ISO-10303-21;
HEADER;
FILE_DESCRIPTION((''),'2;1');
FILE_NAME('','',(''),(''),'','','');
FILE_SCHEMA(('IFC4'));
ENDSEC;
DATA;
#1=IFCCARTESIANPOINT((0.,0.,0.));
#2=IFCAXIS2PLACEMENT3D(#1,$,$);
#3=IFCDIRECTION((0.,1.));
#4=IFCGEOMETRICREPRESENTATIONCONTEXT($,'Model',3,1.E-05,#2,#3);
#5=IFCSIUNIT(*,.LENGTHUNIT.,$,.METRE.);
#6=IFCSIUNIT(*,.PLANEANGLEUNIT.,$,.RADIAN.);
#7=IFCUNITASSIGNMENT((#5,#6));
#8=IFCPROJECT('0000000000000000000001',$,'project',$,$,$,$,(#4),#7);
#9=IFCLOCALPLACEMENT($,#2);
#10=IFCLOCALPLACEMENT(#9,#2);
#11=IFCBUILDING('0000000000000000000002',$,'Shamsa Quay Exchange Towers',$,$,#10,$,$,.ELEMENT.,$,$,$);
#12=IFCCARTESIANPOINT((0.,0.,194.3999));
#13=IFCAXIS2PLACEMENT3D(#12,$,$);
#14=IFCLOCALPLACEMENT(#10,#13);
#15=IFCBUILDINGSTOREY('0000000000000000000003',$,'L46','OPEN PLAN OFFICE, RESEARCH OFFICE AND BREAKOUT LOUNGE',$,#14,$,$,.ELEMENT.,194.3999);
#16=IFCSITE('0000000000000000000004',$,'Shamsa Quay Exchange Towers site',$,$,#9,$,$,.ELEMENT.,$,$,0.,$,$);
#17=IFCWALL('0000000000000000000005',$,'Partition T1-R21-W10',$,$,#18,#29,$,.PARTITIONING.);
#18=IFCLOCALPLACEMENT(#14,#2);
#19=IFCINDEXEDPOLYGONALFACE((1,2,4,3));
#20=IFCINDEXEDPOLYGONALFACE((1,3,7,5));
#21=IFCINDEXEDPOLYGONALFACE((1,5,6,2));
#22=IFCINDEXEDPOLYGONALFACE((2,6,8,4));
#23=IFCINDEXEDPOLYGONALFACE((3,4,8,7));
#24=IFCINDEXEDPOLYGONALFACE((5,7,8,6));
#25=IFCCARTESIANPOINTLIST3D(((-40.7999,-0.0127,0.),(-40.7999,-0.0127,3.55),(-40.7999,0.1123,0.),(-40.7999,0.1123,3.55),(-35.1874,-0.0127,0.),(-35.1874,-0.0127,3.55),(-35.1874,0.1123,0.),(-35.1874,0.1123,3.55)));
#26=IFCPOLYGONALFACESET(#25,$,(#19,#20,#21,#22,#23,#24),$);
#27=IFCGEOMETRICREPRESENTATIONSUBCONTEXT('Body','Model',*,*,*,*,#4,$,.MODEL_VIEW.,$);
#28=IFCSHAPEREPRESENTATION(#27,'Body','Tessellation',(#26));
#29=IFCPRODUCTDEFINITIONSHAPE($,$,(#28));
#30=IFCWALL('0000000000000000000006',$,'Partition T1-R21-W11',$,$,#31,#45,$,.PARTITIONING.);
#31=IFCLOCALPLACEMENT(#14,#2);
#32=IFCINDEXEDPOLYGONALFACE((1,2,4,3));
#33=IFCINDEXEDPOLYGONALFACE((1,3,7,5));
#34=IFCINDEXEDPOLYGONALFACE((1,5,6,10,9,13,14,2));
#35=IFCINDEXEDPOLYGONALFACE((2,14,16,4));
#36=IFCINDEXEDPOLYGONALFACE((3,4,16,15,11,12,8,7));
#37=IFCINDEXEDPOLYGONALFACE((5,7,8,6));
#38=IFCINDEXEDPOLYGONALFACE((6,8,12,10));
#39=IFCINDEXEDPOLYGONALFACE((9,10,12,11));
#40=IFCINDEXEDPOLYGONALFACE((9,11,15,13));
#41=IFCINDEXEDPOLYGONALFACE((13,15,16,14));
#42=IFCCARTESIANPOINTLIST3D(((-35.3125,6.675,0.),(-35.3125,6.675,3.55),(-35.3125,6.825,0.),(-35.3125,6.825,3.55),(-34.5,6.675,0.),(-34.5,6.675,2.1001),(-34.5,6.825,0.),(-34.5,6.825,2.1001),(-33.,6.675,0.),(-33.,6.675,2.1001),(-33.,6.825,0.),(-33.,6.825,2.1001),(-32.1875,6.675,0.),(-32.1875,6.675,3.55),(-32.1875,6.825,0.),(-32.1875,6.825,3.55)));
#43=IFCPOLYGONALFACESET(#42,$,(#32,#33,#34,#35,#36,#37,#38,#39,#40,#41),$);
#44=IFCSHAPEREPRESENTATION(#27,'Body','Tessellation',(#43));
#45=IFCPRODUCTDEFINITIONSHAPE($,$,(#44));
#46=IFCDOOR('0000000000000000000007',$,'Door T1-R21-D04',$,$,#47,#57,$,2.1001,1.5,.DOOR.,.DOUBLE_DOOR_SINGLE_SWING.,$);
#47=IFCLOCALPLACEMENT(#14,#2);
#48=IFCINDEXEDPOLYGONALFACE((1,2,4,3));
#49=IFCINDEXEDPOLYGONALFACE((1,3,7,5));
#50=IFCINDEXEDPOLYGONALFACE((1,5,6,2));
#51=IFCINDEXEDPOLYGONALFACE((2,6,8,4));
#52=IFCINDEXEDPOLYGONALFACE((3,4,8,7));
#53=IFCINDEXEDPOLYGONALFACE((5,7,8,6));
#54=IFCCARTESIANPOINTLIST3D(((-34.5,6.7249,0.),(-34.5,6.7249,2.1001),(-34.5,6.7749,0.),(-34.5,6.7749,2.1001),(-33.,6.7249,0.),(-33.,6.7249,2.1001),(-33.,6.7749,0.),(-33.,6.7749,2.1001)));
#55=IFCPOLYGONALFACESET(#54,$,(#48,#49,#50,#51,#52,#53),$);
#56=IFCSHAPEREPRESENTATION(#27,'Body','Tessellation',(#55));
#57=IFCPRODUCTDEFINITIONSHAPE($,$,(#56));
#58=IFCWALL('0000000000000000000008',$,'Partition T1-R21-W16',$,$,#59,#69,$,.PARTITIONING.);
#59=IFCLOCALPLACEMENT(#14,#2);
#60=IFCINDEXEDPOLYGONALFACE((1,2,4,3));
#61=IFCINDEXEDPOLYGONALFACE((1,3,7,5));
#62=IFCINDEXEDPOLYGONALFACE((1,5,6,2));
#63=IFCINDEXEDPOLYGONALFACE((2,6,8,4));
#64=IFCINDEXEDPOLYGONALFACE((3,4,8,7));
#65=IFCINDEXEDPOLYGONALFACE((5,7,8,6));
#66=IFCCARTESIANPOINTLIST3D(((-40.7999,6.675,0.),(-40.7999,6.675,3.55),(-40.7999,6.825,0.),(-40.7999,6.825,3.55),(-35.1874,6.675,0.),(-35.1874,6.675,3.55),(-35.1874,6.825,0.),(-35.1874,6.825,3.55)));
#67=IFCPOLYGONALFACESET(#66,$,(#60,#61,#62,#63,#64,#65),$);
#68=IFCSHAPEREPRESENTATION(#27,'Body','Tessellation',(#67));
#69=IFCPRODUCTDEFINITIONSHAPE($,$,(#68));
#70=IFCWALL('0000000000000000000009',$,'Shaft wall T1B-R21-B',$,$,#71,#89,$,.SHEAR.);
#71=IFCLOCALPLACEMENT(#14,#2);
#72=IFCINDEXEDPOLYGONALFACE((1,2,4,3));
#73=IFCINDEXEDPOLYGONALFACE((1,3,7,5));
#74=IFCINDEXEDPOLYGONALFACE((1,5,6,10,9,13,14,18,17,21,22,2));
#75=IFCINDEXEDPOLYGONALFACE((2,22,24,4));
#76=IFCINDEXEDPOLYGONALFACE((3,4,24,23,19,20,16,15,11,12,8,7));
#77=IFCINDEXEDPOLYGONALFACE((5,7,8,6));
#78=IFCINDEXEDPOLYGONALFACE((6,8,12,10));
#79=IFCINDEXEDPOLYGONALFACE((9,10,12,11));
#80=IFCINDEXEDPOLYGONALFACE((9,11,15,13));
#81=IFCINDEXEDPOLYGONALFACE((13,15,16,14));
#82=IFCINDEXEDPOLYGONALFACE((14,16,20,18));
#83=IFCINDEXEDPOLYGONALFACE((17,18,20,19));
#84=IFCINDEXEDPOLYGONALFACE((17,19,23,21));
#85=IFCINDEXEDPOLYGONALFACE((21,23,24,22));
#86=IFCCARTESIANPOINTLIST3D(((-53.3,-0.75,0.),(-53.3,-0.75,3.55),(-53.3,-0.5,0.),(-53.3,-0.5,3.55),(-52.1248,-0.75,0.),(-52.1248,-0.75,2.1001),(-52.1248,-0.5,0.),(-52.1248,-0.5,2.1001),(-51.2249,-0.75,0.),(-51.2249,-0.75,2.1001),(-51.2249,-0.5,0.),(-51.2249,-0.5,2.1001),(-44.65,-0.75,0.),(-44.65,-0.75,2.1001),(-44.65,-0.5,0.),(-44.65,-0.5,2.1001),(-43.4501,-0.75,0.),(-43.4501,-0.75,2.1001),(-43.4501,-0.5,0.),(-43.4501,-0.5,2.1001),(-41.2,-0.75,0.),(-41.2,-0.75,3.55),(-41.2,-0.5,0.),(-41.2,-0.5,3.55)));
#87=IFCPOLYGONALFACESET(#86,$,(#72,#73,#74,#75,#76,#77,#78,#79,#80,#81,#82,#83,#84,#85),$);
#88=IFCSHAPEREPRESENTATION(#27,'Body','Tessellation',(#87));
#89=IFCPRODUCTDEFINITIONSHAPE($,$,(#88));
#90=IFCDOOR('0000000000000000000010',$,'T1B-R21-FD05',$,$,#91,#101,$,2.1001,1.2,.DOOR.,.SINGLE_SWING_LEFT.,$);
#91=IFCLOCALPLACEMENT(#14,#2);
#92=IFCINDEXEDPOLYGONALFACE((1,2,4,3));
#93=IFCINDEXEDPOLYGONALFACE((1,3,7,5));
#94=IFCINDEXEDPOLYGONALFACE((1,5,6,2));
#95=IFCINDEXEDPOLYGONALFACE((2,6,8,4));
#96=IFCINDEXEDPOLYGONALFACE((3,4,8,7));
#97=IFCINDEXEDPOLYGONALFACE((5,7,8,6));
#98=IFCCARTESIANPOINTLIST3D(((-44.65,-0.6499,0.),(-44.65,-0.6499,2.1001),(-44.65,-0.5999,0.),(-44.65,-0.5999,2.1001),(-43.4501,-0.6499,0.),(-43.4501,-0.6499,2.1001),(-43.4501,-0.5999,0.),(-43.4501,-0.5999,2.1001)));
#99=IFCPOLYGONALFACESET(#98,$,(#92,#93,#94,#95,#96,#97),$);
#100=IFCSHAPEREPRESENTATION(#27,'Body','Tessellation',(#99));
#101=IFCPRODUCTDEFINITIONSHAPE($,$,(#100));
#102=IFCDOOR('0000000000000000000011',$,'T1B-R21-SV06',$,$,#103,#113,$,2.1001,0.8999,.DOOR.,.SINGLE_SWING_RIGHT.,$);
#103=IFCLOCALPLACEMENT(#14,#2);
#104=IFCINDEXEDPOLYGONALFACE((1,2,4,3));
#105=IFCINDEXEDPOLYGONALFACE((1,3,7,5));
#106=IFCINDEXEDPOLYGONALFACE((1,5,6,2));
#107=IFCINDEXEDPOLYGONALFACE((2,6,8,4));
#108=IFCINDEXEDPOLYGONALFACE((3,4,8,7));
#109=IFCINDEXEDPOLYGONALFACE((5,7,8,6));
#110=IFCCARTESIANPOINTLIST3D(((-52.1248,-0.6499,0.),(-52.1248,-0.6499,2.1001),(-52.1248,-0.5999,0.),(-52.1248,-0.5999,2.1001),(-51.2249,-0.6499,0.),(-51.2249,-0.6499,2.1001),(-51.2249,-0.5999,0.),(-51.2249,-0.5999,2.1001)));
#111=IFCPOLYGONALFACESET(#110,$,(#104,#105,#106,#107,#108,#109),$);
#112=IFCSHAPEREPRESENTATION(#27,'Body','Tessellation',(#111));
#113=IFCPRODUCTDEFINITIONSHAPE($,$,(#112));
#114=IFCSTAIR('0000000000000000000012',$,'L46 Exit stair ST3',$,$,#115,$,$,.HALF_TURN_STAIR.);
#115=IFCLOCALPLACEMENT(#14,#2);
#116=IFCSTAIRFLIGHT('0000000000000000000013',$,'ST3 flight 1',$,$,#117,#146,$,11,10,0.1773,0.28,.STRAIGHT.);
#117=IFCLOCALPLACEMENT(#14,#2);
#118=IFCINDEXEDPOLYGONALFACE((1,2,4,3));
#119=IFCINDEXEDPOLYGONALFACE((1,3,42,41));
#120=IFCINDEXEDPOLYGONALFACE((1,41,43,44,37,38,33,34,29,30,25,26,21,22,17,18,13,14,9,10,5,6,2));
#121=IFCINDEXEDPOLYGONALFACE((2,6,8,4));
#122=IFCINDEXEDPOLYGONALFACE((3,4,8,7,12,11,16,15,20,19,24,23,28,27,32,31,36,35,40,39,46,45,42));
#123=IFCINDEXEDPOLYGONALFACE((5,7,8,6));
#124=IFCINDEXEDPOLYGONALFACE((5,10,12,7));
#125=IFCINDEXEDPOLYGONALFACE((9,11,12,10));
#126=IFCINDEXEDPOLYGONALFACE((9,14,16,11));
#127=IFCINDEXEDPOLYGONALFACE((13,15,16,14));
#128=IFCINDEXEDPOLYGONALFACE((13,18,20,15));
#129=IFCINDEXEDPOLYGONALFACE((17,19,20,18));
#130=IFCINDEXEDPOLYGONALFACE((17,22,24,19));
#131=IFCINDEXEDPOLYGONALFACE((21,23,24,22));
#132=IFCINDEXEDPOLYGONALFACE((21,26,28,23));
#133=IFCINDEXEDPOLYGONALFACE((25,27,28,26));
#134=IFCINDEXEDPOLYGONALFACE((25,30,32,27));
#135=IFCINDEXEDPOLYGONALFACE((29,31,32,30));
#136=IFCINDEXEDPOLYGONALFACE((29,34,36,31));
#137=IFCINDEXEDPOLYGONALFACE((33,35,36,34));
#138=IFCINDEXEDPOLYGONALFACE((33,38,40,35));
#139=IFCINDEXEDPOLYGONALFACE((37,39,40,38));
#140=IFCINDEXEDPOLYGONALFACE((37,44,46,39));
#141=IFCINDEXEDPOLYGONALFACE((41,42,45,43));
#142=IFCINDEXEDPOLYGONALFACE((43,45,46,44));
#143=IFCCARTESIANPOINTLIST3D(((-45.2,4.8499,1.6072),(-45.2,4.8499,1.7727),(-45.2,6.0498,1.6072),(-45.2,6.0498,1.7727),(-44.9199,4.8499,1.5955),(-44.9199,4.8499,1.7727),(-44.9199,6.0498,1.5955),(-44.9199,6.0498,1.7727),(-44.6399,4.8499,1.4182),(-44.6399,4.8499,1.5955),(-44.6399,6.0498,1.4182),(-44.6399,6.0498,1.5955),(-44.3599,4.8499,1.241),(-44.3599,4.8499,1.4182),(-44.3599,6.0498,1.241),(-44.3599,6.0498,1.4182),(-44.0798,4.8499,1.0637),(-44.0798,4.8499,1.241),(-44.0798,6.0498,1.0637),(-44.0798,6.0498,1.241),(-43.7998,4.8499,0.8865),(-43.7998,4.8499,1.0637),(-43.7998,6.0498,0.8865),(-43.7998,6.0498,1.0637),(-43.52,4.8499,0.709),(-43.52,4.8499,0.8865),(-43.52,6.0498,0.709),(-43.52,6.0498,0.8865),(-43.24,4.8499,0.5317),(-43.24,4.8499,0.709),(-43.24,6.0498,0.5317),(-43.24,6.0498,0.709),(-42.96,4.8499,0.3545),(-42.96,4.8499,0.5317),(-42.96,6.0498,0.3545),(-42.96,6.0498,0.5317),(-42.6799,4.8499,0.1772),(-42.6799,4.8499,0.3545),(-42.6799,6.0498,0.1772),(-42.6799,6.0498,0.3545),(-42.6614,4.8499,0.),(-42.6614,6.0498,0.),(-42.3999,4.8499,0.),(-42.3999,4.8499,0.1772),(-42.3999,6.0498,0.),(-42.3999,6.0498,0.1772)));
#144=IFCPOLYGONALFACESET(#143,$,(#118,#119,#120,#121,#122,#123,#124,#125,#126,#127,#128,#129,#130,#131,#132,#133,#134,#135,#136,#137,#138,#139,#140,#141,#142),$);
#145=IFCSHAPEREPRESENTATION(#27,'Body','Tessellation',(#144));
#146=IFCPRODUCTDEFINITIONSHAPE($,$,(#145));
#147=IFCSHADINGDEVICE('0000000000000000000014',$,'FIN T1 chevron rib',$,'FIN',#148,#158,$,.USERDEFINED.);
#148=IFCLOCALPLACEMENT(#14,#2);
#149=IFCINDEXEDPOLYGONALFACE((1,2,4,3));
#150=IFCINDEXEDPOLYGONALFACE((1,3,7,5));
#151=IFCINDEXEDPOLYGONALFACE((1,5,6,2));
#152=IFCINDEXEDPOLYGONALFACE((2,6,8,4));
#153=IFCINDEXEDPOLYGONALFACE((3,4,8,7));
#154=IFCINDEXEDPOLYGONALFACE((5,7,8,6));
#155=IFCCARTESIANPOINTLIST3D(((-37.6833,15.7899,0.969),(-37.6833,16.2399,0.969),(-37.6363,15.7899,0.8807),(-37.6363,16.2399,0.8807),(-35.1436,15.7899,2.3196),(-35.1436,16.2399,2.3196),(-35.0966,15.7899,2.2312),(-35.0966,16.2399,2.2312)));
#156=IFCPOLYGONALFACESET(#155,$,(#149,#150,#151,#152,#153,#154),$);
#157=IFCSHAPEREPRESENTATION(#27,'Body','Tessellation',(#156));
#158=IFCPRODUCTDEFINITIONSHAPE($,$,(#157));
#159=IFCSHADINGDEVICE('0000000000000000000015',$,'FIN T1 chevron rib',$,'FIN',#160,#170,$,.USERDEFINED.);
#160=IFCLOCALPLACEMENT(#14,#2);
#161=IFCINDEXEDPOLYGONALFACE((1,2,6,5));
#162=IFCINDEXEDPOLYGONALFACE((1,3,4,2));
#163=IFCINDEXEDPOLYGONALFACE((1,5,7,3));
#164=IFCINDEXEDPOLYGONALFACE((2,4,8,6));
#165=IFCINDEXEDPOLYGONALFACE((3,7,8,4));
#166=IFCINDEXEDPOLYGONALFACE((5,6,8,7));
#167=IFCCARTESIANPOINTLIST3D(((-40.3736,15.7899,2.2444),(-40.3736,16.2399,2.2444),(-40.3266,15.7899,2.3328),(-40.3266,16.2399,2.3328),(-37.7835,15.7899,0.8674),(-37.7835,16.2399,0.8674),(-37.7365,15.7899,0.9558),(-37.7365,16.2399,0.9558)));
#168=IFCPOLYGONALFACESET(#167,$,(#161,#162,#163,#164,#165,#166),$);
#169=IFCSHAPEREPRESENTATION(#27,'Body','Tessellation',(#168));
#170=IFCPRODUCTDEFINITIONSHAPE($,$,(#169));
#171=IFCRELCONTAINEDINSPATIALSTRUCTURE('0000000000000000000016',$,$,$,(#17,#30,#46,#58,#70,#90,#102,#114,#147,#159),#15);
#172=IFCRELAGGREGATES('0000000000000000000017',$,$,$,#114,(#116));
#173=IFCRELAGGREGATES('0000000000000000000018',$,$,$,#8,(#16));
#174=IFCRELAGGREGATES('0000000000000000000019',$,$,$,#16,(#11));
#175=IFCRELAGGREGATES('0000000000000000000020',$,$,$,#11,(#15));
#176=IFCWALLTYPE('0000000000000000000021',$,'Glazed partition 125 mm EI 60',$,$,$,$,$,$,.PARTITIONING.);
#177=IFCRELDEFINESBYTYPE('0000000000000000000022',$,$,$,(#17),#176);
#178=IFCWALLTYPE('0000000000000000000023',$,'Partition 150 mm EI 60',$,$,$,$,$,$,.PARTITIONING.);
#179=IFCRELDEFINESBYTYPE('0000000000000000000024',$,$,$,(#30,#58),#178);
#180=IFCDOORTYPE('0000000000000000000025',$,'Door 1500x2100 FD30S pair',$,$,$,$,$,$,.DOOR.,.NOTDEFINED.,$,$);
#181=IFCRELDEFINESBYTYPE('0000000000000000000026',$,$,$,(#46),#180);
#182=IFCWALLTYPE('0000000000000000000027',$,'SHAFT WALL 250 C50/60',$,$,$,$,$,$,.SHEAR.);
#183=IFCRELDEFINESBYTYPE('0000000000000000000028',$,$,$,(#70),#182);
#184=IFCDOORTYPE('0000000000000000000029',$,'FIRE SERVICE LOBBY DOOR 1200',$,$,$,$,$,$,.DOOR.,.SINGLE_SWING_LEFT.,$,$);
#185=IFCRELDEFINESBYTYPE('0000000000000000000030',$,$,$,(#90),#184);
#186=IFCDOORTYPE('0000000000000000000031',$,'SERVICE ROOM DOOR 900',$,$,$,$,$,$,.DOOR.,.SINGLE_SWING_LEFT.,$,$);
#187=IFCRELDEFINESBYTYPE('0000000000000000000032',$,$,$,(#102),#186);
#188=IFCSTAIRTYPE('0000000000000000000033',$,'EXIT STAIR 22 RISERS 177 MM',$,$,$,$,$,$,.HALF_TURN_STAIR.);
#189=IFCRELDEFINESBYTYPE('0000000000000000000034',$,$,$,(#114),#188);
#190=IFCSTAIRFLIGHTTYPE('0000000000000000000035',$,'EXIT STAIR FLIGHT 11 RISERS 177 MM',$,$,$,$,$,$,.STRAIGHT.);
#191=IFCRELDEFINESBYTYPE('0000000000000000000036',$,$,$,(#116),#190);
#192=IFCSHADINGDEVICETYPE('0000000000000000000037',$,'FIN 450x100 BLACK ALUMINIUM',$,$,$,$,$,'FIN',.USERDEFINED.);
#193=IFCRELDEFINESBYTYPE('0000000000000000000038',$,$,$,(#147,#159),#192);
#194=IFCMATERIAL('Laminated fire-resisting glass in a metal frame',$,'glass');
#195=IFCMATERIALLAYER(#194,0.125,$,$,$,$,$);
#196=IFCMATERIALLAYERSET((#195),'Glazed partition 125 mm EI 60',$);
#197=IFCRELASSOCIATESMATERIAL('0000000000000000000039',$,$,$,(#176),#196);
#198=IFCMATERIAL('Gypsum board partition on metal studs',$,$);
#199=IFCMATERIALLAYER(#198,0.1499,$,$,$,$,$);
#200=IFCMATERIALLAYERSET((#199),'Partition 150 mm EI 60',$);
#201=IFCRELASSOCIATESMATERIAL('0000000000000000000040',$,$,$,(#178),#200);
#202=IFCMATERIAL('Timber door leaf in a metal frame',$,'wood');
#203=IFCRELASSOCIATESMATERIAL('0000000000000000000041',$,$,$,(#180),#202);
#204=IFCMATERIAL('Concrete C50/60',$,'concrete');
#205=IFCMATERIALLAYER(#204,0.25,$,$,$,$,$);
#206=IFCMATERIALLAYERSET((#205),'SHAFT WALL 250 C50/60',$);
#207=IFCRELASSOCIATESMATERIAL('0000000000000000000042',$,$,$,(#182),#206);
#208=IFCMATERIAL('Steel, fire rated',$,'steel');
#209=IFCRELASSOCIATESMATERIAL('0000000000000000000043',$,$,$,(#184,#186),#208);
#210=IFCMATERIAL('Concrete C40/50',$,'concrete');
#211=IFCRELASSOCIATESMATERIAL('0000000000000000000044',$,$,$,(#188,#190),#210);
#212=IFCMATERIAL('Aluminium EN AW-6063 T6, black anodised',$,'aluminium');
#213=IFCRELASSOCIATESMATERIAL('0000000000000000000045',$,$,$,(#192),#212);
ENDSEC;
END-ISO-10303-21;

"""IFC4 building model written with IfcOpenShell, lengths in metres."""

from ifc_helpers import new_model, si_unit, direction, frame, frame_2d, origin, origin_2d, place, context, subcontext, project, spatial, polyline, rectangle, outline, extrude, material, layer, layer_set, material_profile, profile_set, type_object, element, fill, aggregate, save


model = new_model("IFC4")

# Units and contexts
model_context = context("Model", 3, precision=1e-05, world=origin(), true_north=direction((0.0, 1.0)))
body_context = subcontext(model_context, "Body", "Model", "MODEL_VIEW")
ifc_project = project(units=[si_unit("LENGTHUNIT", "METRE"), si_unit("PLANEANGLEUNIT", "RADIAN")], contexts=[model_context])

# Site, building, storey
site_placement = place(None, origin())
site = spatial("IfcSite", under=ifc_project, at=site_placement, Name="Shamsa Quay Exchange Towers site", CompositionType="ELEMENT", RefElevation=0.0)
building_placement = place(site_placement, origin())
building = spatial("IfcBuilding", under=site, at=building_placement, Name="Shamsa Quay Exchange Towers", CompositionType="ELEMENT")
storey_placement = place(building_placement, frame((0.0, 0.0, 194.3999)))
storey = spatial("IfcBuildingStorey", under=building, at=storey_placement, Name="L46", Description="OPEN PLAN OFFICE, RESEARCH OFFICE AND BREAKOUT LOUNGE", CompositionType="ELEMENT", Elevation=194.3999)

# Shared definitions
ifc_material_1 = material(Name="Aluminium EN AW-6063 T6, black anodised", Category="aluminium")

# Shared definitions
ifc_material_2 = material(Name="Laminated fire-resisting glass in a metal frame", Category="glass")
ifc_layer_1 = layer(ifc_material_2, 0.125)
ifc_layer_set_1 = layer_set([ifc_layer_1], Name="Glazed partition 125 mm EI 60")
wall_type_1 = type_object("IfcWallType", Name="Glazed partition 125 mm EI 60", PredefinedType="PARTITIONING", material=ifc_layer_set_1)
ifc_material_3 = material(Name="Timber door leaf in a metal frame", Category="wood")

# Wall
wall_1_placement = place(storey_placement, frame((-35.1875, 0.0498, 0.0), z_axis=(0.0, 0.0, 1.0), x_axis=(-1.0, 0.0, 0.0)))
element("IfcWall", 1, at=wall_1_placement, inside=storey, type_object=wall_type_1, Name="Partition T1-R21-W10", PredefinedType="PARTITIONING", context=body_context, shape_type="SweptSolid", body=[
    extrude(rectangle(XDim=5.6125, YDim=0.125, at=frame_2d((2.8062, 0.0))), origin(), (0.0, 0.0, 1.0), 3.55),
])

# Wall, opening, door
ifc_material_4 = material(Name="Gypsum board partition on metal studs")
ifc_layer_2 = layer(ifc_material_4, 0.1499)
ifc_layer_set_2 = layer_set([ifc_layer_2], Name="Partition 150 mm EI 60")
wall_type_2 = type_object("IfcWallType", Name="Partition 150 mm EI 60", PredefinedType="PARTITIONING", material=ifc_layer_set_2)
wall_2_placement = place(storey_placement, frame((-35.3125, 6.75, 0.0)))
wall_2 = element("IfcWall", 2, at=wall_2_placement, inside=storey, type_object=wall_type_2, Name="Partition T1-R21-W11", PredefinedType="PARTITIONING", context=body_context, shape_type="SweptSolid", body=[
    extrude(rectangle(XDim=3.125, YDim=0.1499, at=frame_2d((1.5625, 0.0))), origin(), (0.0, 0.0, 1.0), 3.55),
])
opening_1_placement = place(wall_2_placement, frame((0.8125, 0.0, 0.0)))
opening_1 = element("IfcOpeningElement", 3, at=opening_1_placement, cuts=wall_2, PredefinedType="OPENING", context=body_context, shape_type="SweptSolid", body=[
    extrude(rectangle(XDim=1.5, YDim=2.1001, at=frame_2d((0.75, 1.05))), frame((0.0, 0.085, 0.0), z_axis=(0.0, -1.0, 0.0), x_axis=(1.0, 0.0, 0.0)), (0.0, 0.0, 1.0), 0.1699),
])
door_type_1 = type_object("IfcDoorType", Name="Door 1500x2100 FD30S pair", OperationType="NOTDEFINED", PredefinedType="DOOR", material=ifc_material_3)
door_1_placement = place(opening_1_placement, origin())
door_1 = element("IfcDoor", 4, at=door_1_placement, inside=storey, type_object=door_type_1, Name="Door T1-R21-D04", OperationType="DOUBLE_DOOR_SINGLE_SWING", OverallHeight=2.1001, OverallWidth=1.5, PredefinedType="DOOR", context=body_context, shape_type="SweptSolid", body=[
    extrude(rectangle(XDim=1.5, YDim=2.1001, at=frame_2d((0.75, 1.05))), frame((0.0, 0.0249, 0.0), z_axis=(0.0, -1.0, 0.0), x_axis=(1.0, 0.0, 0.0)), (0.0, 0.0, 1.0), 0.05),
])
fill(opening_1, door_1)

# Wall
wall_3_placement = place(storey_placement, frame((-35.1875, 6.75, 0.0), z_axis=(0.0, 0.0, 1.0), x_axis=(-1.0, 0.0, 0.0)))
element("IfcWall", 5, at=wall_3_placement, inside=storey, type_object=wall_type_2, Name="Partition T1-R21-W16", PredefinedType="PARTITIONING", context=body_context, shape_type="SweptSolid", body=[
    extrude(rectangle(XDim=5.6125, YDim=0.1499, at=frame_2d((2.8062, 0.0))), origin(), (0.0, 0.0, 1.0), 3.55),
])

# Wall, openings, doors
ifc_material_5 = material(Name="Concrete C50/60", Category="concrete")
ifc_layer_3 = layer(ifc_material_5, 0.25)
ifc_layer_set_3 = layer_set([ifc_layer_3], Name="SHAFT WALL 250 C50/60")
wall_type_3 = type_object("IfcWallType", Name="SHAFT WALL 250 C50/60", PredefinedType="SHEAR", material=ifc_layer_set_3)
wall_4_placement = place(storey_placement, frame((-41.2, -0.625, 0.0), z_axis=(0.0, 0.0, 1.0), x_axis=(-1.0, 0.0, 0.0)))
wall_4 = element("IfcWall", 6, at=wall_4_placement, inside=storey, type_object=wall_type_3, Name="Shaft wall T1B-R21-B", PredefinedType="SHEAR", context=body_context, shape_type="SweptSolid", body=[
    extrude(rectangle(XDim=12.1001, YDim=0.25, at=frame_2d((6.05, 0.0))), origin(), (0.0, 0.0, 1.0), 3.55),
])
opening_2_placement = place(wall_4_placement, frame((2.25, 0.0, 0.0)))
opening_2 = element("IfcOpeningElement", 7, at=opening_2_placement, cuts=wall_4, PredefinedType="OPENING", context=body_context, shape_type="SweptSolid", body=[
    extrude(rectangle(XDim=1.2, YDim=2.1001, at=frame_2d((0.6001, 1.05))), frame((0.0, 0.135, 0.0), z_axis=(0.0, -1.0, 0.0), x_axis=(1.0, 0.0, 0.0)), (0.0, 0.0, 1.0), 0.27),
])
opening_3_placement = place(wall_4_placement, frame((10.0249, 0.0, 0.0)))
opening_3 = element("IfcOpeningElement", 8, at=opening_3_placement, cuts=wall_4, PredefinedType="OPENING", context=body_context, shape_type="SweptSolid", body=[
    extrude(rectangle(XDim=0.8999, YDim=2.1001, at=frame_2d((0.45, 1.05))), frame((0.0, 0.135, 0.0), z_axis=(0.0, -1.0, 0.0), x_axis=(1.0, 0.0, 0.0)), (0.0, 0.0, 1.0), 0.27),
])
ifc_material_6 = material(Name="Steel, fire rated", Category="steel")
door_type_2 = type_object("IfcDoorType", Name="FIRE SERVICE LOBBY DOOR 1200", OperationType="SINGLE_SWING_LEFT", PredefinedType="DOOR", material=ifc_material_6)
door_2_placement = place(opening_2_placement, origin())
door_2 = element("IfcDoor", 9, at=door_2_placement, inside=storey, type_object=door_type_2, Name="T1B-R21-FD05", OperationType="SINGLE_SWING_LEFT", OverallHeight=2.1001, OverallWidth=1.2, PredefinedType="DOOR", context=body_context, shape_type="SweptSolid", body=[
    extrude(rectangle(XDim=1.2, YDim=2.1001, at=frame_2d((0.6001, 1.05))), frame((0.0, 0.0249, 0.0), z_axis=(0.0, -1.0, 0.0), x_axis=(1.0, 0.0, 0.0)), (0.0, 0.0, 1.0), 0.05),
])
fill(opening_2, door_2)
door_type_3 = type_object("IfcDoorType", Name="SERVICE ROOM DOOR 900", OperationType="SINGLE_SWING_LEFT", PredefinedType="DOOR", material=ifc_material_6)
door_3_placement = place(opening_3_placement, origin())
door_3 = element("IfcDoor", 10, at=door_3_placement, inside=storey, type_object=door_type_3, Name="T1B-R21-SV06", OperationType="SINGLE_SWING_RIGHT", OverallHeight=2.1001, OverallWidth=0.8999, PredefinedType="DOOR", context=body_context, shape_type="SweptSolid", body=[
    extrude(rectangle(XDim=0.8999, YDim=2.1001, at=frame_2d((0.45, 1.05))), frame((0.0, 0.0249, 0.0), z_axis=(0.0, -1.0, 0.0), x_axis=(1.0, 0.0, 0.0)), (0.0, 0.0, 1.0), 0.05),
])
fill(opening_3, door_3)

# Stair, stair flight
ifc_material_7 = material(Name="Concrete C40/50", Category="concrete")
stair_type = type_object("IfcStairType", Name="EXIT STAIR 22 RISERS 177 MM", PredefinedType="HALF_TURN_STAIR", material=ifc_material_7)
stair_placement = place(storey_placement, origin())
stair = element("IfcStair", 11, at=stair_placement, inside=storey, type_object=stair_type, Name="L46 Exit stair ST3", PredefinedType="HALF_TURN_STAIR")
stair_flight_type = type_object("IfcStairFlightType", Name="EXIT STAIR FLIGHT 11 RISERS 177 MM", PredefinedType="STRAIGHT", material=ifc_material_7)
stair_flight_placement = place(storey_placement, frame((-42.3999, 5.45, 0.0), z_axis=(0.0, 0.0, 1.0), x_axis=(-1.0, 0.0, 0.0)))
stair_flight = element("IfcStairFlight", 12, at=stair_flight_placement, type_object=stair_flight_type, Name="ST3 flight 1", NumberOfRisers=11, NumberOfTreads=10, PredefinedType="STRAIGHT", RiserHeight=0.1773, TreadLength=0.28, context=body_context, shape_type="SweptSolid", body=[
    extrude(outline(polyline([(0.0, 0.0), (0.0, 0.1772), (0.28, 0.1772), (0.28, 0.3545), (0.5601, 0.3545), (0.5601, 0.5317), (0.8401, 0.5317), (0.8401, 0.709), (1.1201, 0.709), (1.1201, 0.8865), (1.3999, 0.8865), (1.3999, 1.0637), (1.6799, 1.0637), (1.6799, 1.241), (1.96, 1.241), (1.96, 1.4182), (2.24, 1.4182), (2.24, 1.5955), (2.52, 1.5955), (2.52, 1.7727), (2.8, 1.7727), (2.8, 1.95), (2.8, 1.6072), (0.2615, 0.0), (0.0, 0.0)])), frame((0.0, 0.6001, 0.0), z_axis=(0.0, -1.0, 0.0), x_axis=(1.0, 0.0, 0.0)), (0.0, 0.0, 1.0), 1.2),
])
aggregate(stair, [stair_flight])

# Shading devices
ifc_material_profile_1 = material_profile(ifc_material_1, rectangle(XDim=0.45, YDim=0.1001, at=origin_2d()), Name="FIN450x100")
ifc_profile_set_1 = profile_set([ifc_material_profile_1], Name="Aluminium EN AW-6063 T6, black anodised")
shading_device_type = type_object("IfcShadingDeviceType", Name="FIN 450x100 BLACK ALUMINIUM", ElementType="FIN", PredefinedType="USERDEFINED", material=ifc_profile_set_1)
shading_device_1_placement = place(storey_placement, frame((-35.1201, 16.0149, 2.2754), z_axis=(-0.882926, 0.0, -0.469513), x_axis=(0.0, -1.0, 0.0)))
element("IfcShadingDevice", 13, at=shading_device_1_placement, inside=storey, type_object=shading_device_type, Name="FIN T1 chevron rib", ObjectType="FIN", PredefinedType="USERDEFINED", context=body_context, shape_type="SweptSolid", body=[
    extrude(rectangle(XDim=0.45, YDim=0.1001, at=origin_2d()), origin(), (0.0, 0.0, 1.0), 2.8765),
])
shading_device_2_placement = place(storey_placement, frame((-37.76, 16.0149, 0.9116), z_axis=(-0.882979, 0.0, 0.469413), x_axis=(0.0, -1.0, 0.0)))
element("IfcShadingDevice", 14, at=shading_device_2_placement, inside=storey, type_object=shading_device_type, Name="FIN T1 chevron rib", ObjectType="FIN", PredefinedType="USERDEFINED", context=body_context, shape_type="SweptSolid", body=[
    extrude(rectangle(XDim=0.45, YDim=0.1001, at=origin_2d()), origin(), (0.0, 0.0, 1.0), 2.9333),
])

save(model, "model.ifc")
